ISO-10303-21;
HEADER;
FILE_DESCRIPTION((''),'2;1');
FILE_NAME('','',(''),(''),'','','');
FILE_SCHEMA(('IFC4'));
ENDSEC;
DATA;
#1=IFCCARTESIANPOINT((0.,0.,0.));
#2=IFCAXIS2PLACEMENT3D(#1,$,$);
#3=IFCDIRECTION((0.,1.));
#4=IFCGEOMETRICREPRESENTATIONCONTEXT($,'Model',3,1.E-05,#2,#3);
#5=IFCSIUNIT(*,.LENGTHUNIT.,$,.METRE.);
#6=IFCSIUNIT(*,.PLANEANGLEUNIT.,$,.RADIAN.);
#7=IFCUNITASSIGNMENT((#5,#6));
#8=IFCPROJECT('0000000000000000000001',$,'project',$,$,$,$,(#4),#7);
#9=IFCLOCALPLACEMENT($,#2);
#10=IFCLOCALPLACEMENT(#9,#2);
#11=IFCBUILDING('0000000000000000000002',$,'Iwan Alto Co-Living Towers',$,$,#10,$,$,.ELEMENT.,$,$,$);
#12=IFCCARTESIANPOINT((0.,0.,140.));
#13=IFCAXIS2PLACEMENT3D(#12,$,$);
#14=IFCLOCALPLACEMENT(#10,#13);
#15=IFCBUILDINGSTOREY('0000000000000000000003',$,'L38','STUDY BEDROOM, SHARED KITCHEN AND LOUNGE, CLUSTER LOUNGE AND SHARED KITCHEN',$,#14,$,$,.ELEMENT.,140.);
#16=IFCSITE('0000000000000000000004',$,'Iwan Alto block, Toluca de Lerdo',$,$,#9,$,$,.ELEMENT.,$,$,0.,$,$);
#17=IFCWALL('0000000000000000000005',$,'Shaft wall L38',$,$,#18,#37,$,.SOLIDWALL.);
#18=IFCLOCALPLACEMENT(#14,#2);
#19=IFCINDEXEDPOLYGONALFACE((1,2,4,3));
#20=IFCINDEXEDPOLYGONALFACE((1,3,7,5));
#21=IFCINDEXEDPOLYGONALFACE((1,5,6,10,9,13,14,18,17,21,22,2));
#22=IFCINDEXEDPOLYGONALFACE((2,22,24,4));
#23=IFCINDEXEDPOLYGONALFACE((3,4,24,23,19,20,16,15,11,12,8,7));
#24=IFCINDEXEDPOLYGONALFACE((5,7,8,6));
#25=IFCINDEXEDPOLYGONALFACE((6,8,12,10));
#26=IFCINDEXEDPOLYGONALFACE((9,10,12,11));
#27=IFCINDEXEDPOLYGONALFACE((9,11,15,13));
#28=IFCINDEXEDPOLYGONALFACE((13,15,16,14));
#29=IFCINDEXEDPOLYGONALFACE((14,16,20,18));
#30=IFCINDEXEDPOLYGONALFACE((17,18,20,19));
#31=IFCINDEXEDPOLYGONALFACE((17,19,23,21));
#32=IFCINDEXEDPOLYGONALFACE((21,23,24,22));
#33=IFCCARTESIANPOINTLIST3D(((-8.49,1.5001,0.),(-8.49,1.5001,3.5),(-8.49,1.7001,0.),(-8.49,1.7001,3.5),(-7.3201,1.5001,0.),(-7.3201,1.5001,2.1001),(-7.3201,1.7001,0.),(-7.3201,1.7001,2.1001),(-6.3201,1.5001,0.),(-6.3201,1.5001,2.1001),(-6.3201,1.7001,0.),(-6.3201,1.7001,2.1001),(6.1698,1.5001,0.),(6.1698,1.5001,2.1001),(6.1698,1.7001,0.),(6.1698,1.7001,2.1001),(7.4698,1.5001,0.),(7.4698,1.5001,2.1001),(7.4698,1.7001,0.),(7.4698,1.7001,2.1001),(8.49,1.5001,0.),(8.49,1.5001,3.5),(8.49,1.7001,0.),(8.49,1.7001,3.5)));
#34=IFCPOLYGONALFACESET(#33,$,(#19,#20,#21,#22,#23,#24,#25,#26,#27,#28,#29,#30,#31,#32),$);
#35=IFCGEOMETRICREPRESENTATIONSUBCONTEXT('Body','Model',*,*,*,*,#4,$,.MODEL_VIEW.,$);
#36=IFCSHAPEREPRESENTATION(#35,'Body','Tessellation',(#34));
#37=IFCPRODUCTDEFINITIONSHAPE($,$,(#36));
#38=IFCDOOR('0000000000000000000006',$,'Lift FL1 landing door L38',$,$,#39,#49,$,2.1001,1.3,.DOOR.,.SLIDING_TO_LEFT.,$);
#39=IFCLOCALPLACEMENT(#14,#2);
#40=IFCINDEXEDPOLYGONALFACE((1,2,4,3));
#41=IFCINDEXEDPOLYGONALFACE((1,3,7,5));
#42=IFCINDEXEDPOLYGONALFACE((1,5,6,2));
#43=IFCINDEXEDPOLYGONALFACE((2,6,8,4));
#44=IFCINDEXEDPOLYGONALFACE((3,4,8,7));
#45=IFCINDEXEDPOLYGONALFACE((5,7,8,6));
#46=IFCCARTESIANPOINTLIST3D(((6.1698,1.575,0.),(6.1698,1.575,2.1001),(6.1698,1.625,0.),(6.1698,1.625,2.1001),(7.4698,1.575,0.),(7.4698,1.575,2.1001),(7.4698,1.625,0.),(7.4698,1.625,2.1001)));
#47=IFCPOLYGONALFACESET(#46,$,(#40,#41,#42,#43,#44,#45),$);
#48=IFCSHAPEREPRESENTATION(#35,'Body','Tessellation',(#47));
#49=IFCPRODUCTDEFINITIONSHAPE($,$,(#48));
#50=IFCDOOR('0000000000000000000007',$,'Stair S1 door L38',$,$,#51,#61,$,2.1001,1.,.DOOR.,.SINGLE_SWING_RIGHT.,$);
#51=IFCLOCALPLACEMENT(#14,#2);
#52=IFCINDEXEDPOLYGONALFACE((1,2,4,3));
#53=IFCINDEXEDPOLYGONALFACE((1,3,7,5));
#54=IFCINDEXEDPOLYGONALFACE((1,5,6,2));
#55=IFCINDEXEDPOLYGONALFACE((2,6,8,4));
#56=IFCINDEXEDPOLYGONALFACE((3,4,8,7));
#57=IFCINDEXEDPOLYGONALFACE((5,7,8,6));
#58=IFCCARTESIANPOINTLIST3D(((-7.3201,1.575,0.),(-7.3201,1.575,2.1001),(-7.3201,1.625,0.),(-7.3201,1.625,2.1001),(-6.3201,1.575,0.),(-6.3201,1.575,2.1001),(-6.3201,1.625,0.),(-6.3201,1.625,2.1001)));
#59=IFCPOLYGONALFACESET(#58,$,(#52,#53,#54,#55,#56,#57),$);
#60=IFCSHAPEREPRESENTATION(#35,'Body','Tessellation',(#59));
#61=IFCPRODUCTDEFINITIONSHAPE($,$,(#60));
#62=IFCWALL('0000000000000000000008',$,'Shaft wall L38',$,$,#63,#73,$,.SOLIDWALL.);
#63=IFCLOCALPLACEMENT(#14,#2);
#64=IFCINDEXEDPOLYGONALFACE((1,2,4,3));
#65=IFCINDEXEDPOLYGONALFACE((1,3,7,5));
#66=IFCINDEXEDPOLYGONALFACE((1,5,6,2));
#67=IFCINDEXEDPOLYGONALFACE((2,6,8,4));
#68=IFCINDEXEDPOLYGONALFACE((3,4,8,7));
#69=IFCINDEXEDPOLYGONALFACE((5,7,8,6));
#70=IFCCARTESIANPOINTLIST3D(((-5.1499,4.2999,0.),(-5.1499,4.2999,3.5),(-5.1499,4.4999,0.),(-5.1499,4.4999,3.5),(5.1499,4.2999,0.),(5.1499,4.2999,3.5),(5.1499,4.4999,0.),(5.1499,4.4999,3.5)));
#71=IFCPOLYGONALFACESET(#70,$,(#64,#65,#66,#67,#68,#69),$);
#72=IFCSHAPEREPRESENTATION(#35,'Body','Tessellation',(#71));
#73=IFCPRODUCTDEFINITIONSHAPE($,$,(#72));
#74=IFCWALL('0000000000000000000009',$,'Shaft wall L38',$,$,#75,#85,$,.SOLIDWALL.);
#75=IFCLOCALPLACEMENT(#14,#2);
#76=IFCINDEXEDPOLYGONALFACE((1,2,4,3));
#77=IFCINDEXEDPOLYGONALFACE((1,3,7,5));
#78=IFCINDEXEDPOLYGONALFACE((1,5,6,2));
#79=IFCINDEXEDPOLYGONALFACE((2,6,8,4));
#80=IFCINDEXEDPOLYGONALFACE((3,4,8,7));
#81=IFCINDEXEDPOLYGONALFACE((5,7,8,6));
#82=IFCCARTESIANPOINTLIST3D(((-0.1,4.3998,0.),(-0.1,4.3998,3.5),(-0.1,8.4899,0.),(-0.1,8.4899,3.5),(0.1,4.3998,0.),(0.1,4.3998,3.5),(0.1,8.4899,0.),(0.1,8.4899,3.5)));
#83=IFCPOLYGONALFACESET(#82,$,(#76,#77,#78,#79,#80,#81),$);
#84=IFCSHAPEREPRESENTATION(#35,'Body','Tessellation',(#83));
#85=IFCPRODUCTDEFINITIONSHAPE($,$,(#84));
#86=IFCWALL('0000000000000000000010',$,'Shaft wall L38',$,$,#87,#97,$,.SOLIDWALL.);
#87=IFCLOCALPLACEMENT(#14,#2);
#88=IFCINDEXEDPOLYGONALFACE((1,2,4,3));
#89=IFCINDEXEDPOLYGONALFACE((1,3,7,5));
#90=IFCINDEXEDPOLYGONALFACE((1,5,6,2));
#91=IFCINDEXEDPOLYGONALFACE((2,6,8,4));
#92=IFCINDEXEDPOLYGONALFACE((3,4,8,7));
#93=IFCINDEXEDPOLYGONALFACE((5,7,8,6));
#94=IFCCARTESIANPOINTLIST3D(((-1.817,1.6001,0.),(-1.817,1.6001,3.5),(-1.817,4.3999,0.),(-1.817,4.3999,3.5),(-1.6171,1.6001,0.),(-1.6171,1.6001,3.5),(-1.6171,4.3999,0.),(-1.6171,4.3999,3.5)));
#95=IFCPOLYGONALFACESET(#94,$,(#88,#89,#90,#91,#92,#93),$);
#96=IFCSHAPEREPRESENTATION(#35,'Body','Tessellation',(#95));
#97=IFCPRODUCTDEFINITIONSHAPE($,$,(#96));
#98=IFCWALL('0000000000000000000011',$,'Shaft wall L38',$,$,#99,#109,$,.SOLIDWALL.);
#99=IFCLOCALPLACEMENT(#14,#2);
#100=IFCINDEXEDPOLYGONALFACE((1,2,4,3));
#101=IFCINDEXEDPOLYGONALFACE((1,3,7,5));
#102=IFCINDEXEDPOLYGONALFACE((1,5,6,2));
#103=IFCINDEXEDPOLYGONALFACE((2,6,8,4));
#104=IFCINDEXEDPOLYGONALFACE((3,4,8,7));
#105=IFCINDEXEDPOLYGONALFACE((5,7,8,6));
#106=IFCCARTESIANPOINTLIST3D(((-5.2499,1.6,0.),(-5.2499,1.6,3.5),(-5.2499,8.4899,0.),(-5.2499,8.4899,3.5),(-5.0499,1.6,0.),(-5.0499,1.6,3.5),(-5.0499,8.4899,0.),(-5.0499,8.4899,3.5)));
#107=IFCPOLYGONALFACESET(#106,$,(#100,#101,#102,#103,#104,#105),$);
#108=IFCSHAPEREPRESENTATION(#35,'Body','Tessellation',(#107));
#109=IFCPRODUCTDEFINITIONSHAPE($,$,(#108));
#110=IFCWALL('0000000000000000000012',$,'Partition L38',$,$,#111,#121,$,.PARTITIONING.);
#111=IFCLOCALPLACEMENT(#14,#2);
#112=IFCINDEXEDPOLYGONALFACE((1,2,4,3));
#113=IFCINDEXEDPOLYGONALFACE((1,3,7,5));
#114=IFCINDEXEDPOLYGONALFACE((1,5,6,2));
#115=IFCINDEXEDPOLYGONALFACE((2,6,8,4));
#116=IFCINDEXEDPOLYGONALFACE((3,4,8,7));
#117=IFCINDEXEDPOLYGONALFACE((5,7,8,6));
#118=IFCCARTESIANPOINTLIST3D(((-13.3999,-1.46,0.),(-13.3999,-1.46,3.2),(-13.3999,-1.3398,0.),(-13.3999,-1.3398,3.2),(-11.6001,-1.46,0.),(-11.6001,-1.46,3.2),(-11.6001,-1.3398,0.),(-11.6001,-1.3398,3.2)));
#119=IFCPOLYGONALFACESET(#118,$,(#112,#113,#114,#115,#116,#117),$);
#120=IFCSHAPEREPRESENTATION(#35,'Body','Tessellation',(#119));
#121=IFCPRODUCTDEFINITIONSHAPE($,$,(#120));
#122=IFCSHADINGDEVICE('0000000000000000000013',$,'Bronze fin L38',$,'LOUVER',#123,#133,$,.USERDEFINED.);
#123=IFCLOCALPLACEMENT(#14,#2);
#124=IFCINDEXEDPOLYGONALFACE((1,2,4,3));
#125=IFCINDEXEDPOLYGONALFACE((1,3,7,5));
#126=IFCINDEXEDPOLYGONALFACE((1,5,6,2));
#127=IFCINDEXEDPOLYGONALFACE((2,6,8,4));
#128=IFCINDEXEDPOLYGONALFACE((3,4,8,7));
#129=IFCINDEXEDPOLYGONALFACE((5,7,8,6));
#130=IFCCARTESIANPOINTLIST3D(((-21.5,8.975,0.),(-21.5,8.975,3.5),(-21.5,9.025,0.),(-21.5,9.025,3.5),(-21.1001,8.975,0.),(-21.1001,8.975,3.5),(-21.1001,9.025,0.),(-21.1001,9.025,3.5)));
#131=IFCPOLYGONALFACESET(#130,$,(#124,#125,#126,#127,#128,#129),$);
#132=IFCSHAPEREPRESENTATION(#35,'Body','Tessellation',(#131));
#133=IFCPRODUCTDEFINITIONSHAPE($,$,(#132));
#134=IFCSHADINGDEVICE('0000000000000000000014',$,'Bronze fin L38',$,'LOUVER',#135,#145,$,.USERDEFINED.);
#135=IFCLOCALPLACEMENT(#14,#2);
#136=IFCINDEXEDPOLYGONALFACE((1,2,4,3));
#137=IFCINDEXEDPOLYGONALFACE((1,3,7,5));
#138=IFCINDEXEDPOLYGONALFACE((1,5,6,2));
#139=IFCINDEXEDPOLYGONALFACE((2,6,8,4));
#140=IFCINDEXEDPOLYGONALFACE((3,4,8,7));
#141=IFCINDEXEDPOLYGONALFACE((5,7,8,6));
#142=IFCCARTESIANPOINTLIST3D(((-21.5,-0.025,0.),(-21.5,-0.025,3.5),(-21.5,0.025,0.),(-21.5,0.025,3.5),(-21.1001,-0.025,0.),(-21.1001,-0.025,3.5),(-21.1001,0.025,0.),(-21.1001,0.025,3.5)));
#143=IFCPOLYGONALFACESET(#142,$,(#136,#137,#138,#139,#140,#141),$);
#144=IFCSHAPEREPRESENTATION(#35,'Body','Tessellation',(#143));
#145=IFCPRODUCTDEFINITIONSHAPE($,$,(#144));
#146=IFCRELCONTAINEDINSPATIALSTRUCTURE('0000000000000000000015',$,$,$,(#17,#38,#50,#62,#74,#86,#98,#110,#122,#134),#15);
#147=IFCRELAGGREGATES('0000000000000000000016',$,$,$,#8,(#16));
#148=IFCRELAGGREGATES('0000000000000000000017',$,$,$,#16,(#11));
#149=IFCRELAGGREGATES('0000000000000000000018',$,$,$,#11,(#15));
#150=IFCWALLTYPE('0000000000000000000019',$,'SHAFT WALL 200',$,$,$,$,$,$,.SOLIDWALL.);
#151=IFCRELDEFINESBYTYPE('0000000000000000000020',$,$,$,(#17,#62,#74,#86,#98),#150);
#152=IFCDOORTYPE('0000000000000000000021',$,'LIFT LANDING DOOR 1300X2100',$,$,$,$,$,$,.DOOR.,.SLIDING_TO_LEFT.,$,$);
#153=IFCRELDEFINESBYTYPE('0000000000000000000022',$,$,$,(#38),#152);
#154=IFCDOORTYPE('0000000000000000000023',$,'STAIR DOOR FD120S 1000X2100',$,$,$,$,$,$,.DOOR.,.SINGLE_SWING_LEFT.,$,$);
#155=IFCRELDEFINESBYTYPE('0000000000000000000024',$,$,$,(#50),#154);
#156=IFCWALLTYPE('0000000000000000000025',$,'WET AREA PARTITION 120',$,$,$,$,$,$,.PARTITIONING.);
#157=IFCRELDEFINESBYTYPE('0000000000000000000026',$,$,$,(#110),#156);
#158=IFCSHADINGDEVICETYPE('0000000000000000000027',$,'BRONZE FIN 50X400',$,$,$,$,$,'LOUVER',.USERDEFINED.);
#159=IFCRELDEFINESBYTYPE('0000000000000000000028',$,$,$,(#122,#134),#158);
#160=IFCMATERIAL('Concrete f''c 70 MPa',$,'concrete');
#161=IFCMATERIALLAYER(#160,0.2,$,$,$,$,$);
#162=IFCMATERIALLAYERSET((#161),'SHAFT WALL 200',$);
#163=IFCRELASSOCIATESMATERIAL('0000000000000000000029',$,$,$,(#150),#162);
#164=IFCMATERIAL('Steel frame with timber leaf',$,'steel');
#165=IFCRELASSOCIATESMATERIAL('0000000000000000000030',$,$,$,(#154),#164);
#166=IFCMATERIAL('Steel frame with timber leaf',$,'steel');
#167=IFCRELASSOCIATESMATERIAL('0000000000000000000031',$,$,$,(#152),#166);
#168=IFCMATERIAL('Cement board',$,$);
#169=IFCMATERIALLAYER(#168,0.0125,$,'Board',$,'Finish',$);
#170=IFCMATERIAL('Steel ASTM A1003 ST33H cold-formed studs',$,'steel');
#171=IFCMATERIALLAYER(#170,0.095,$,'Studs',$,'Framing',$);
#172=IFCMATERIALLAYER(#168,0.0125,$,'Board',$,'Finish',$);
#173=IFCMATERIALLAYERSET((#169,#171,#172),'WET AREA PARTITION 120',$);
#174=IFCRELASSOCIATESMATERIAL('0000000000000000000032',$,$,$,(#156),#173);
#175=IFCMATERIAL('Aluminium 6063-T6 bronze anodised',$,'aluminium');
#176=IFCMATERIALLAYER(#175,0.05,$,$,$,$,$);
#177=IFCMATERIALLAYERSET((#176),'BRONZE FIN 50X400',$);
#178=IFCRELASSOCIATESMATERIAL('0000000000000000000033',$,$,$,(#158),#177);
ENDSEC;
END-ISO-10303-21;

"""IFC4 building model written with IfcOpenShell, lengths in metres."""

from ifc_helpers import new_model, si_unit, direction, frame, frame_2d, origin, origin_2d, place, context, subcontext, project, spatial, rectangle, extrude, material, layer, layer_set, type_object, element, fill, save


model = new_model("IFC4")

# Units and contexts
model_context = context("Model", 3, precision=1e-05, world=origin(), true_north=direction((0.0, 1.0)))
body_context = subcontext(model_context, "Body", "Model", "MODEL_VIEW")
ifc_project = project(units=[si_unit("LENGTHUNIT", "METRE"), si_unit("PLANEANGLEUNIT", "RADIAN")], contexts=[model_context])

# Site, building, storey
site_placement = place(None, origin())
site = spatial("IfcSite", under=ifc_project, at=site_placement, Name="Iwan Alto block, Toluca de Lerdo", CompositionType="ELEMENT", RefElevation=0.0)
building_placement = place(site_placement, origin())
building = spatial("IfcBuilding", under=site, at=building_placement, Name="Iwan Alto Co-Living Towers", CompositionType="ELEMENT")
storey_placement = place(building_placement, frame((0.0, 0.0, 140.0)))
storey = spatial("IfcBuildingStorey", under=building, at=storey_placement, Name="L38", Description="STUDY BEDROOM, SHARED KITCHEN AND LOUNGE, CLUSTER LOUNGE AND SHARED KITCHEN", CompositionType="ELEMENT", Elevation=140.0)

# Shared definitions
ifc_material_1 = material(Name="Steel ASTM A1003 ST33H cold-formed studs", Category="steel")

# Wall, openings, doors
ifc_material_2 = material(Name="Concrete f'c 70 MPa", Category="concrete")
ifc_layer_1 = layer(ifc_material_2, 0.2)
ifc_layer_set_1 = layer_set([ifc_layer_1], Name="SHAFT WALL 200")
wall_type_1 = type_object("IfcWallType", Name="SHAFT WALL 200", PredefinedType="SOLIDWALL", material=ifc_layer_set_1)
ifc_material_3 = material(Name="Steel frame with timber leaf", Category="steel")
door_type_1 = type_object("IfcDoorType", Name="STAIR DOOR FD120S 1000X2100", OperationType="SINGLE_SWING_LEFT", PredefinedType="DOOR", material=ifc_material_3)
wall_1_placement = place(storey_placement, frame((-8.49, 1.6001, 0.0), z_axis=(0.0, 0.0, 1.0), x_axis=(1.0, 0.0, 0.0)))
wall_1 = element("IfcWall", 1, at=wall_1_placement, inside=storey, type_object=wall_type_1, Name="Shaft wall L38", PredefinedType="SOLIDWALL", context=body_context, shape_type="SweptSolid", body=[
    extrude(rectangle(XDim=16.98, YDim=0.2, at=frame_2d((8.49, 0.0))), origin(), (0.0, 0.0, 1.0), 3.5),
])
opening_1_placement = place(wall_1_placement, frame((1.1699, 0.0, 0.0)))
opening_1 = element("IfcOpeningElement", 2, at=opening_1_placement, cuts=wall_1, PredefinedType="OPENING", context=body_context, shape_type="SweptSolid", body=[
    extrude(rectangle(XDim=1.0, YDim=2.1001, at=frame_2d((0.5, 1.05))), frame((0.0, 0.1099, 0.0), z_axis=(0.0, -1.0, 0.0), x_axis=(1.0, 0.0, 0.0)), (0.0, 0.0, 1.0), 0.22),
])
opening_2_placement = place(wall_1_placement, frame((14.6599, 0.0, 0.0)))
opening_2 = element("IfcOpeningElement", 3, at=opening_2_placement, cuts=wall_1, PredefinedType="OPENING", context=body_context, shape_type="SweptSolid", body=[
    extrude(rectangle(XDim=1.3, YDim=2.1001, at=frame_2d((0.6499, 1.05))), frame((0.0, 0.1099, 0.0), z_axis=(0.0, -1.0, 0.0), x_axis=(1.0, 0.0, 0.0)), (0.0, 0.0, 1.0), 0.22),
])
ifc_material_4 = material(Name="Steel frame with timber leaf", Category="steel")
door_type_2 = type_object("IfcDoorType", Name="LIFT LANDING DOOR 1300X2100", OperationType="SLIDING_TO_LEFT", PredefinedType="DOOR", material=ifc_material_4)
door_1_placement = place(opening_2_placement, origin())
door_1 = element("IfcDoor", 4, at=door_1_placement, inside=storey, type_object=door_type_2, Name="Lift FL1 landing door L38", OperationType="SLIDING_TO_LEFT", OverallHeight=2.1001, OverallWidth=1.3, PredefinedType="DOOR", context=body_context, shape_type="SweptSolid", body=[
    extrude(rectangle(XDim=1.3, YDim=2.1001, at=frame_2d((0.6499, 1.05))), frame((0.0, 0.0249, 0.0), z_axis=(0.0, -1.0, 0.0), x_axis=(1.0, 0.0, 0.0)), (0.0, 0.0, 1.0), 0.05),
])
fill(opening_2, door_1)
door_2_placement = place(opening_1_placement, origin())
door_2 = element("IfcDoor", 5, at=door_2_placement, inside=storey, type_object=door_type_1, Name="Stair S1 door L38", OperationType="SINGLE_SWING_RIGHT", OverallHeight=2.1001, OverallWidth=1.0, PredefinedType="DOOR", context=body_context, shape_type="SweptSolid", body=[
    extrude(rectangle(XDim=1.0, YDim=2.1001, at=frame_2d((0.5, 1.05))), frame((0.0, 0.0249, 0.0), z_axis=(0.0, -1.0, 0.0), x_axis=(1.0, 0.0, 0.0)), (0.0, 0.0, 1.0), 0.05),
])
fill(opening_1, door_2)

# Walls
wall_2_placement = place(storey_placement, frame((-5.1499, 4.3999, 0.0), z_axis=(0.0, 0.0, 1.0), x_axis=(1.0, 0.0, 0.0)))
element("IfcWall", 6, at=wall_2_placement, inside=storey, type_object=wall_type_1, Name="Shaft wall L38", PredefinedType="SOLIDWALL", context=body_context, shape_type="SweptSolid", body=[
    extrude(rectangle(XDim=10.2998, YDim=0.2, at=frame_2d((5.1499, 0.0))), origin(), (0.0, 0.0, 1.0), 3.5),
])
wall_3_placement = place(storey_placement, frame((0.0, 4.3999, 0.0), z_axis=(0.0, 0.0, 1.0), x_axis=(0.0, 1.0, 0.0)))
element("IfcWall", 7, at=wall_3_placement, inside=storey, type_object=wall_type_1, Name="Shaft wall L38", PredefinedType="SOLIDWALL", context=body_context, shape_type="SweptSolid", body=[
    extrude(rectangle(XDim=4.0901, YDim=0.2, at=frame_2d((2.0449, 0.0))), origin(), (0.0, 0.0, 1.0), 3.5),
])
wall_4_placement = place(storey_placement, frame((-1.717, 1.6001, 0.0), z_axis=(0.0, 0.0, 1.0), x_axis=(0.0, 1.0, 0.0)))
element("IfcWall", 8, at=wall_4_placement, inside=storey, type_object=wall_type_1, Name="Shaft wall L38", PredefinedType="SOLIDWALL", context=body_context, shape_type="SweptSolid", body=[
    extrude(rectangle(XDim=2.7998, YDim=0.2, at=frame_2d((1.3999, 0.0))), origin(), (0.0, 0.0, 1.0), 3.5),
])
wall_5_placement = place(storey_placement, frame((-5.1499, 1.6001, 0.0), z_axis=(0.0, 0.0, 1.0), x_axis=(0.0, 1.0, 0.0)))
element("IfcWall", 9, at=wall_5_placement, inside=storey, type_object=wall_type_1, Name="Shaft wall L38", PredefinedType="SOLIDWALL", context=body_context, shape_type="SweptSolid", body=[
    extrude(rectangle(XDim=6.8899, YDim=0.2, at=frame_2d((3.4448, 0.0))), origin(), (0.0, 0.0, 1.0), 3.5),
])
ifc_material_5 = material(Name="Cement board")
ifc_layer_2 = layer(ifc_material_5, 0.0125, Name="Board", Category="Finish")
ifc_layer_3 = layer(ifc_material_1, 0.095, Name="Studs", Category="Framing")
ifc_layer_4 = layer(ifc_material_5, 0.0125, Name="Board", Category="Finish")
ifc_layer_set_2 = layer_set([ifc_layer_2, ifc_layer_3, ifc_layer_4], Name="WET AREA PARTITION 120")
wall_type_2 = type_object("IfcWallType", Name="WET AREA PARTITION 120", PredefinedType="PARTITIONING", material=ifc_layer_set_2)
wall_6_placement = place(storey_placement, frame((-13.3999, -1.3999, 0.0), z_axis=(0.0, 0.0, 1.0), x_axis=(1.0, 0.0, 0.0)))
element("IfcWall", 10, at=wall_6_placement, inside=storey, type_object=wall_type_2, Name="Partition L38", PredefinedType="PARTITIONING", context=body_context, shape_type="SweptSolid", body=[
    extrude(rectangle(XDim=1.7998, YDim=0.1201, at=frame_2d((0.8999, 0.0))), origin(), (0.0, 0.0, 1.0), 3.2),
])

# Shading devices
ifc_material_6 = material(Name="Aluminium 6063-T6 bronze anodised", Category="aluminium")
ifc_layer_5 = layer(ifc_material_6, 0.05)
ifc_layer_set_3 = layer_set([ifc_layer_5], Name="BRONZE FIN 50X400")
shading_device_type = type_object("IfcShadingDeviceType", Name="BRONZE FIN 50X400", ElementType="LOUVER", PredefinedType="USERDEFINED", material=ifc_layer_set_3)
for number, where, z_axis, x_axis, name in (
    (11, (-21.3, 9.0, 0.0), (0.0, 0.0, 1.0), (0.0, -1.0, 0.0), "Bronze fin L38"),
    (12, (-21.3, 0.0, 0.0), (0.0, 0.0, 1.0), (0.0, -1.0, 0.0), "Bronze fin L38"),
):
    element("IfcShadingDevice", number, at=place(storey_placement, frame(where, z_axis=z_axis, x_axis=x_axis)), inside=storey, type_object=shading_device_type, Name=name, ObjectType="LOUVER", PredefinedType="USERDEFINED", context=body_context, shape_type="SweptSolid", body=[
        extrude(rectangle(XDim=0.05, YDim=0.3999, at=origin_2d()), origin(), (0.0, 0.0, 1.0), 3.5),
    ])

save(model, "model.ifc")
